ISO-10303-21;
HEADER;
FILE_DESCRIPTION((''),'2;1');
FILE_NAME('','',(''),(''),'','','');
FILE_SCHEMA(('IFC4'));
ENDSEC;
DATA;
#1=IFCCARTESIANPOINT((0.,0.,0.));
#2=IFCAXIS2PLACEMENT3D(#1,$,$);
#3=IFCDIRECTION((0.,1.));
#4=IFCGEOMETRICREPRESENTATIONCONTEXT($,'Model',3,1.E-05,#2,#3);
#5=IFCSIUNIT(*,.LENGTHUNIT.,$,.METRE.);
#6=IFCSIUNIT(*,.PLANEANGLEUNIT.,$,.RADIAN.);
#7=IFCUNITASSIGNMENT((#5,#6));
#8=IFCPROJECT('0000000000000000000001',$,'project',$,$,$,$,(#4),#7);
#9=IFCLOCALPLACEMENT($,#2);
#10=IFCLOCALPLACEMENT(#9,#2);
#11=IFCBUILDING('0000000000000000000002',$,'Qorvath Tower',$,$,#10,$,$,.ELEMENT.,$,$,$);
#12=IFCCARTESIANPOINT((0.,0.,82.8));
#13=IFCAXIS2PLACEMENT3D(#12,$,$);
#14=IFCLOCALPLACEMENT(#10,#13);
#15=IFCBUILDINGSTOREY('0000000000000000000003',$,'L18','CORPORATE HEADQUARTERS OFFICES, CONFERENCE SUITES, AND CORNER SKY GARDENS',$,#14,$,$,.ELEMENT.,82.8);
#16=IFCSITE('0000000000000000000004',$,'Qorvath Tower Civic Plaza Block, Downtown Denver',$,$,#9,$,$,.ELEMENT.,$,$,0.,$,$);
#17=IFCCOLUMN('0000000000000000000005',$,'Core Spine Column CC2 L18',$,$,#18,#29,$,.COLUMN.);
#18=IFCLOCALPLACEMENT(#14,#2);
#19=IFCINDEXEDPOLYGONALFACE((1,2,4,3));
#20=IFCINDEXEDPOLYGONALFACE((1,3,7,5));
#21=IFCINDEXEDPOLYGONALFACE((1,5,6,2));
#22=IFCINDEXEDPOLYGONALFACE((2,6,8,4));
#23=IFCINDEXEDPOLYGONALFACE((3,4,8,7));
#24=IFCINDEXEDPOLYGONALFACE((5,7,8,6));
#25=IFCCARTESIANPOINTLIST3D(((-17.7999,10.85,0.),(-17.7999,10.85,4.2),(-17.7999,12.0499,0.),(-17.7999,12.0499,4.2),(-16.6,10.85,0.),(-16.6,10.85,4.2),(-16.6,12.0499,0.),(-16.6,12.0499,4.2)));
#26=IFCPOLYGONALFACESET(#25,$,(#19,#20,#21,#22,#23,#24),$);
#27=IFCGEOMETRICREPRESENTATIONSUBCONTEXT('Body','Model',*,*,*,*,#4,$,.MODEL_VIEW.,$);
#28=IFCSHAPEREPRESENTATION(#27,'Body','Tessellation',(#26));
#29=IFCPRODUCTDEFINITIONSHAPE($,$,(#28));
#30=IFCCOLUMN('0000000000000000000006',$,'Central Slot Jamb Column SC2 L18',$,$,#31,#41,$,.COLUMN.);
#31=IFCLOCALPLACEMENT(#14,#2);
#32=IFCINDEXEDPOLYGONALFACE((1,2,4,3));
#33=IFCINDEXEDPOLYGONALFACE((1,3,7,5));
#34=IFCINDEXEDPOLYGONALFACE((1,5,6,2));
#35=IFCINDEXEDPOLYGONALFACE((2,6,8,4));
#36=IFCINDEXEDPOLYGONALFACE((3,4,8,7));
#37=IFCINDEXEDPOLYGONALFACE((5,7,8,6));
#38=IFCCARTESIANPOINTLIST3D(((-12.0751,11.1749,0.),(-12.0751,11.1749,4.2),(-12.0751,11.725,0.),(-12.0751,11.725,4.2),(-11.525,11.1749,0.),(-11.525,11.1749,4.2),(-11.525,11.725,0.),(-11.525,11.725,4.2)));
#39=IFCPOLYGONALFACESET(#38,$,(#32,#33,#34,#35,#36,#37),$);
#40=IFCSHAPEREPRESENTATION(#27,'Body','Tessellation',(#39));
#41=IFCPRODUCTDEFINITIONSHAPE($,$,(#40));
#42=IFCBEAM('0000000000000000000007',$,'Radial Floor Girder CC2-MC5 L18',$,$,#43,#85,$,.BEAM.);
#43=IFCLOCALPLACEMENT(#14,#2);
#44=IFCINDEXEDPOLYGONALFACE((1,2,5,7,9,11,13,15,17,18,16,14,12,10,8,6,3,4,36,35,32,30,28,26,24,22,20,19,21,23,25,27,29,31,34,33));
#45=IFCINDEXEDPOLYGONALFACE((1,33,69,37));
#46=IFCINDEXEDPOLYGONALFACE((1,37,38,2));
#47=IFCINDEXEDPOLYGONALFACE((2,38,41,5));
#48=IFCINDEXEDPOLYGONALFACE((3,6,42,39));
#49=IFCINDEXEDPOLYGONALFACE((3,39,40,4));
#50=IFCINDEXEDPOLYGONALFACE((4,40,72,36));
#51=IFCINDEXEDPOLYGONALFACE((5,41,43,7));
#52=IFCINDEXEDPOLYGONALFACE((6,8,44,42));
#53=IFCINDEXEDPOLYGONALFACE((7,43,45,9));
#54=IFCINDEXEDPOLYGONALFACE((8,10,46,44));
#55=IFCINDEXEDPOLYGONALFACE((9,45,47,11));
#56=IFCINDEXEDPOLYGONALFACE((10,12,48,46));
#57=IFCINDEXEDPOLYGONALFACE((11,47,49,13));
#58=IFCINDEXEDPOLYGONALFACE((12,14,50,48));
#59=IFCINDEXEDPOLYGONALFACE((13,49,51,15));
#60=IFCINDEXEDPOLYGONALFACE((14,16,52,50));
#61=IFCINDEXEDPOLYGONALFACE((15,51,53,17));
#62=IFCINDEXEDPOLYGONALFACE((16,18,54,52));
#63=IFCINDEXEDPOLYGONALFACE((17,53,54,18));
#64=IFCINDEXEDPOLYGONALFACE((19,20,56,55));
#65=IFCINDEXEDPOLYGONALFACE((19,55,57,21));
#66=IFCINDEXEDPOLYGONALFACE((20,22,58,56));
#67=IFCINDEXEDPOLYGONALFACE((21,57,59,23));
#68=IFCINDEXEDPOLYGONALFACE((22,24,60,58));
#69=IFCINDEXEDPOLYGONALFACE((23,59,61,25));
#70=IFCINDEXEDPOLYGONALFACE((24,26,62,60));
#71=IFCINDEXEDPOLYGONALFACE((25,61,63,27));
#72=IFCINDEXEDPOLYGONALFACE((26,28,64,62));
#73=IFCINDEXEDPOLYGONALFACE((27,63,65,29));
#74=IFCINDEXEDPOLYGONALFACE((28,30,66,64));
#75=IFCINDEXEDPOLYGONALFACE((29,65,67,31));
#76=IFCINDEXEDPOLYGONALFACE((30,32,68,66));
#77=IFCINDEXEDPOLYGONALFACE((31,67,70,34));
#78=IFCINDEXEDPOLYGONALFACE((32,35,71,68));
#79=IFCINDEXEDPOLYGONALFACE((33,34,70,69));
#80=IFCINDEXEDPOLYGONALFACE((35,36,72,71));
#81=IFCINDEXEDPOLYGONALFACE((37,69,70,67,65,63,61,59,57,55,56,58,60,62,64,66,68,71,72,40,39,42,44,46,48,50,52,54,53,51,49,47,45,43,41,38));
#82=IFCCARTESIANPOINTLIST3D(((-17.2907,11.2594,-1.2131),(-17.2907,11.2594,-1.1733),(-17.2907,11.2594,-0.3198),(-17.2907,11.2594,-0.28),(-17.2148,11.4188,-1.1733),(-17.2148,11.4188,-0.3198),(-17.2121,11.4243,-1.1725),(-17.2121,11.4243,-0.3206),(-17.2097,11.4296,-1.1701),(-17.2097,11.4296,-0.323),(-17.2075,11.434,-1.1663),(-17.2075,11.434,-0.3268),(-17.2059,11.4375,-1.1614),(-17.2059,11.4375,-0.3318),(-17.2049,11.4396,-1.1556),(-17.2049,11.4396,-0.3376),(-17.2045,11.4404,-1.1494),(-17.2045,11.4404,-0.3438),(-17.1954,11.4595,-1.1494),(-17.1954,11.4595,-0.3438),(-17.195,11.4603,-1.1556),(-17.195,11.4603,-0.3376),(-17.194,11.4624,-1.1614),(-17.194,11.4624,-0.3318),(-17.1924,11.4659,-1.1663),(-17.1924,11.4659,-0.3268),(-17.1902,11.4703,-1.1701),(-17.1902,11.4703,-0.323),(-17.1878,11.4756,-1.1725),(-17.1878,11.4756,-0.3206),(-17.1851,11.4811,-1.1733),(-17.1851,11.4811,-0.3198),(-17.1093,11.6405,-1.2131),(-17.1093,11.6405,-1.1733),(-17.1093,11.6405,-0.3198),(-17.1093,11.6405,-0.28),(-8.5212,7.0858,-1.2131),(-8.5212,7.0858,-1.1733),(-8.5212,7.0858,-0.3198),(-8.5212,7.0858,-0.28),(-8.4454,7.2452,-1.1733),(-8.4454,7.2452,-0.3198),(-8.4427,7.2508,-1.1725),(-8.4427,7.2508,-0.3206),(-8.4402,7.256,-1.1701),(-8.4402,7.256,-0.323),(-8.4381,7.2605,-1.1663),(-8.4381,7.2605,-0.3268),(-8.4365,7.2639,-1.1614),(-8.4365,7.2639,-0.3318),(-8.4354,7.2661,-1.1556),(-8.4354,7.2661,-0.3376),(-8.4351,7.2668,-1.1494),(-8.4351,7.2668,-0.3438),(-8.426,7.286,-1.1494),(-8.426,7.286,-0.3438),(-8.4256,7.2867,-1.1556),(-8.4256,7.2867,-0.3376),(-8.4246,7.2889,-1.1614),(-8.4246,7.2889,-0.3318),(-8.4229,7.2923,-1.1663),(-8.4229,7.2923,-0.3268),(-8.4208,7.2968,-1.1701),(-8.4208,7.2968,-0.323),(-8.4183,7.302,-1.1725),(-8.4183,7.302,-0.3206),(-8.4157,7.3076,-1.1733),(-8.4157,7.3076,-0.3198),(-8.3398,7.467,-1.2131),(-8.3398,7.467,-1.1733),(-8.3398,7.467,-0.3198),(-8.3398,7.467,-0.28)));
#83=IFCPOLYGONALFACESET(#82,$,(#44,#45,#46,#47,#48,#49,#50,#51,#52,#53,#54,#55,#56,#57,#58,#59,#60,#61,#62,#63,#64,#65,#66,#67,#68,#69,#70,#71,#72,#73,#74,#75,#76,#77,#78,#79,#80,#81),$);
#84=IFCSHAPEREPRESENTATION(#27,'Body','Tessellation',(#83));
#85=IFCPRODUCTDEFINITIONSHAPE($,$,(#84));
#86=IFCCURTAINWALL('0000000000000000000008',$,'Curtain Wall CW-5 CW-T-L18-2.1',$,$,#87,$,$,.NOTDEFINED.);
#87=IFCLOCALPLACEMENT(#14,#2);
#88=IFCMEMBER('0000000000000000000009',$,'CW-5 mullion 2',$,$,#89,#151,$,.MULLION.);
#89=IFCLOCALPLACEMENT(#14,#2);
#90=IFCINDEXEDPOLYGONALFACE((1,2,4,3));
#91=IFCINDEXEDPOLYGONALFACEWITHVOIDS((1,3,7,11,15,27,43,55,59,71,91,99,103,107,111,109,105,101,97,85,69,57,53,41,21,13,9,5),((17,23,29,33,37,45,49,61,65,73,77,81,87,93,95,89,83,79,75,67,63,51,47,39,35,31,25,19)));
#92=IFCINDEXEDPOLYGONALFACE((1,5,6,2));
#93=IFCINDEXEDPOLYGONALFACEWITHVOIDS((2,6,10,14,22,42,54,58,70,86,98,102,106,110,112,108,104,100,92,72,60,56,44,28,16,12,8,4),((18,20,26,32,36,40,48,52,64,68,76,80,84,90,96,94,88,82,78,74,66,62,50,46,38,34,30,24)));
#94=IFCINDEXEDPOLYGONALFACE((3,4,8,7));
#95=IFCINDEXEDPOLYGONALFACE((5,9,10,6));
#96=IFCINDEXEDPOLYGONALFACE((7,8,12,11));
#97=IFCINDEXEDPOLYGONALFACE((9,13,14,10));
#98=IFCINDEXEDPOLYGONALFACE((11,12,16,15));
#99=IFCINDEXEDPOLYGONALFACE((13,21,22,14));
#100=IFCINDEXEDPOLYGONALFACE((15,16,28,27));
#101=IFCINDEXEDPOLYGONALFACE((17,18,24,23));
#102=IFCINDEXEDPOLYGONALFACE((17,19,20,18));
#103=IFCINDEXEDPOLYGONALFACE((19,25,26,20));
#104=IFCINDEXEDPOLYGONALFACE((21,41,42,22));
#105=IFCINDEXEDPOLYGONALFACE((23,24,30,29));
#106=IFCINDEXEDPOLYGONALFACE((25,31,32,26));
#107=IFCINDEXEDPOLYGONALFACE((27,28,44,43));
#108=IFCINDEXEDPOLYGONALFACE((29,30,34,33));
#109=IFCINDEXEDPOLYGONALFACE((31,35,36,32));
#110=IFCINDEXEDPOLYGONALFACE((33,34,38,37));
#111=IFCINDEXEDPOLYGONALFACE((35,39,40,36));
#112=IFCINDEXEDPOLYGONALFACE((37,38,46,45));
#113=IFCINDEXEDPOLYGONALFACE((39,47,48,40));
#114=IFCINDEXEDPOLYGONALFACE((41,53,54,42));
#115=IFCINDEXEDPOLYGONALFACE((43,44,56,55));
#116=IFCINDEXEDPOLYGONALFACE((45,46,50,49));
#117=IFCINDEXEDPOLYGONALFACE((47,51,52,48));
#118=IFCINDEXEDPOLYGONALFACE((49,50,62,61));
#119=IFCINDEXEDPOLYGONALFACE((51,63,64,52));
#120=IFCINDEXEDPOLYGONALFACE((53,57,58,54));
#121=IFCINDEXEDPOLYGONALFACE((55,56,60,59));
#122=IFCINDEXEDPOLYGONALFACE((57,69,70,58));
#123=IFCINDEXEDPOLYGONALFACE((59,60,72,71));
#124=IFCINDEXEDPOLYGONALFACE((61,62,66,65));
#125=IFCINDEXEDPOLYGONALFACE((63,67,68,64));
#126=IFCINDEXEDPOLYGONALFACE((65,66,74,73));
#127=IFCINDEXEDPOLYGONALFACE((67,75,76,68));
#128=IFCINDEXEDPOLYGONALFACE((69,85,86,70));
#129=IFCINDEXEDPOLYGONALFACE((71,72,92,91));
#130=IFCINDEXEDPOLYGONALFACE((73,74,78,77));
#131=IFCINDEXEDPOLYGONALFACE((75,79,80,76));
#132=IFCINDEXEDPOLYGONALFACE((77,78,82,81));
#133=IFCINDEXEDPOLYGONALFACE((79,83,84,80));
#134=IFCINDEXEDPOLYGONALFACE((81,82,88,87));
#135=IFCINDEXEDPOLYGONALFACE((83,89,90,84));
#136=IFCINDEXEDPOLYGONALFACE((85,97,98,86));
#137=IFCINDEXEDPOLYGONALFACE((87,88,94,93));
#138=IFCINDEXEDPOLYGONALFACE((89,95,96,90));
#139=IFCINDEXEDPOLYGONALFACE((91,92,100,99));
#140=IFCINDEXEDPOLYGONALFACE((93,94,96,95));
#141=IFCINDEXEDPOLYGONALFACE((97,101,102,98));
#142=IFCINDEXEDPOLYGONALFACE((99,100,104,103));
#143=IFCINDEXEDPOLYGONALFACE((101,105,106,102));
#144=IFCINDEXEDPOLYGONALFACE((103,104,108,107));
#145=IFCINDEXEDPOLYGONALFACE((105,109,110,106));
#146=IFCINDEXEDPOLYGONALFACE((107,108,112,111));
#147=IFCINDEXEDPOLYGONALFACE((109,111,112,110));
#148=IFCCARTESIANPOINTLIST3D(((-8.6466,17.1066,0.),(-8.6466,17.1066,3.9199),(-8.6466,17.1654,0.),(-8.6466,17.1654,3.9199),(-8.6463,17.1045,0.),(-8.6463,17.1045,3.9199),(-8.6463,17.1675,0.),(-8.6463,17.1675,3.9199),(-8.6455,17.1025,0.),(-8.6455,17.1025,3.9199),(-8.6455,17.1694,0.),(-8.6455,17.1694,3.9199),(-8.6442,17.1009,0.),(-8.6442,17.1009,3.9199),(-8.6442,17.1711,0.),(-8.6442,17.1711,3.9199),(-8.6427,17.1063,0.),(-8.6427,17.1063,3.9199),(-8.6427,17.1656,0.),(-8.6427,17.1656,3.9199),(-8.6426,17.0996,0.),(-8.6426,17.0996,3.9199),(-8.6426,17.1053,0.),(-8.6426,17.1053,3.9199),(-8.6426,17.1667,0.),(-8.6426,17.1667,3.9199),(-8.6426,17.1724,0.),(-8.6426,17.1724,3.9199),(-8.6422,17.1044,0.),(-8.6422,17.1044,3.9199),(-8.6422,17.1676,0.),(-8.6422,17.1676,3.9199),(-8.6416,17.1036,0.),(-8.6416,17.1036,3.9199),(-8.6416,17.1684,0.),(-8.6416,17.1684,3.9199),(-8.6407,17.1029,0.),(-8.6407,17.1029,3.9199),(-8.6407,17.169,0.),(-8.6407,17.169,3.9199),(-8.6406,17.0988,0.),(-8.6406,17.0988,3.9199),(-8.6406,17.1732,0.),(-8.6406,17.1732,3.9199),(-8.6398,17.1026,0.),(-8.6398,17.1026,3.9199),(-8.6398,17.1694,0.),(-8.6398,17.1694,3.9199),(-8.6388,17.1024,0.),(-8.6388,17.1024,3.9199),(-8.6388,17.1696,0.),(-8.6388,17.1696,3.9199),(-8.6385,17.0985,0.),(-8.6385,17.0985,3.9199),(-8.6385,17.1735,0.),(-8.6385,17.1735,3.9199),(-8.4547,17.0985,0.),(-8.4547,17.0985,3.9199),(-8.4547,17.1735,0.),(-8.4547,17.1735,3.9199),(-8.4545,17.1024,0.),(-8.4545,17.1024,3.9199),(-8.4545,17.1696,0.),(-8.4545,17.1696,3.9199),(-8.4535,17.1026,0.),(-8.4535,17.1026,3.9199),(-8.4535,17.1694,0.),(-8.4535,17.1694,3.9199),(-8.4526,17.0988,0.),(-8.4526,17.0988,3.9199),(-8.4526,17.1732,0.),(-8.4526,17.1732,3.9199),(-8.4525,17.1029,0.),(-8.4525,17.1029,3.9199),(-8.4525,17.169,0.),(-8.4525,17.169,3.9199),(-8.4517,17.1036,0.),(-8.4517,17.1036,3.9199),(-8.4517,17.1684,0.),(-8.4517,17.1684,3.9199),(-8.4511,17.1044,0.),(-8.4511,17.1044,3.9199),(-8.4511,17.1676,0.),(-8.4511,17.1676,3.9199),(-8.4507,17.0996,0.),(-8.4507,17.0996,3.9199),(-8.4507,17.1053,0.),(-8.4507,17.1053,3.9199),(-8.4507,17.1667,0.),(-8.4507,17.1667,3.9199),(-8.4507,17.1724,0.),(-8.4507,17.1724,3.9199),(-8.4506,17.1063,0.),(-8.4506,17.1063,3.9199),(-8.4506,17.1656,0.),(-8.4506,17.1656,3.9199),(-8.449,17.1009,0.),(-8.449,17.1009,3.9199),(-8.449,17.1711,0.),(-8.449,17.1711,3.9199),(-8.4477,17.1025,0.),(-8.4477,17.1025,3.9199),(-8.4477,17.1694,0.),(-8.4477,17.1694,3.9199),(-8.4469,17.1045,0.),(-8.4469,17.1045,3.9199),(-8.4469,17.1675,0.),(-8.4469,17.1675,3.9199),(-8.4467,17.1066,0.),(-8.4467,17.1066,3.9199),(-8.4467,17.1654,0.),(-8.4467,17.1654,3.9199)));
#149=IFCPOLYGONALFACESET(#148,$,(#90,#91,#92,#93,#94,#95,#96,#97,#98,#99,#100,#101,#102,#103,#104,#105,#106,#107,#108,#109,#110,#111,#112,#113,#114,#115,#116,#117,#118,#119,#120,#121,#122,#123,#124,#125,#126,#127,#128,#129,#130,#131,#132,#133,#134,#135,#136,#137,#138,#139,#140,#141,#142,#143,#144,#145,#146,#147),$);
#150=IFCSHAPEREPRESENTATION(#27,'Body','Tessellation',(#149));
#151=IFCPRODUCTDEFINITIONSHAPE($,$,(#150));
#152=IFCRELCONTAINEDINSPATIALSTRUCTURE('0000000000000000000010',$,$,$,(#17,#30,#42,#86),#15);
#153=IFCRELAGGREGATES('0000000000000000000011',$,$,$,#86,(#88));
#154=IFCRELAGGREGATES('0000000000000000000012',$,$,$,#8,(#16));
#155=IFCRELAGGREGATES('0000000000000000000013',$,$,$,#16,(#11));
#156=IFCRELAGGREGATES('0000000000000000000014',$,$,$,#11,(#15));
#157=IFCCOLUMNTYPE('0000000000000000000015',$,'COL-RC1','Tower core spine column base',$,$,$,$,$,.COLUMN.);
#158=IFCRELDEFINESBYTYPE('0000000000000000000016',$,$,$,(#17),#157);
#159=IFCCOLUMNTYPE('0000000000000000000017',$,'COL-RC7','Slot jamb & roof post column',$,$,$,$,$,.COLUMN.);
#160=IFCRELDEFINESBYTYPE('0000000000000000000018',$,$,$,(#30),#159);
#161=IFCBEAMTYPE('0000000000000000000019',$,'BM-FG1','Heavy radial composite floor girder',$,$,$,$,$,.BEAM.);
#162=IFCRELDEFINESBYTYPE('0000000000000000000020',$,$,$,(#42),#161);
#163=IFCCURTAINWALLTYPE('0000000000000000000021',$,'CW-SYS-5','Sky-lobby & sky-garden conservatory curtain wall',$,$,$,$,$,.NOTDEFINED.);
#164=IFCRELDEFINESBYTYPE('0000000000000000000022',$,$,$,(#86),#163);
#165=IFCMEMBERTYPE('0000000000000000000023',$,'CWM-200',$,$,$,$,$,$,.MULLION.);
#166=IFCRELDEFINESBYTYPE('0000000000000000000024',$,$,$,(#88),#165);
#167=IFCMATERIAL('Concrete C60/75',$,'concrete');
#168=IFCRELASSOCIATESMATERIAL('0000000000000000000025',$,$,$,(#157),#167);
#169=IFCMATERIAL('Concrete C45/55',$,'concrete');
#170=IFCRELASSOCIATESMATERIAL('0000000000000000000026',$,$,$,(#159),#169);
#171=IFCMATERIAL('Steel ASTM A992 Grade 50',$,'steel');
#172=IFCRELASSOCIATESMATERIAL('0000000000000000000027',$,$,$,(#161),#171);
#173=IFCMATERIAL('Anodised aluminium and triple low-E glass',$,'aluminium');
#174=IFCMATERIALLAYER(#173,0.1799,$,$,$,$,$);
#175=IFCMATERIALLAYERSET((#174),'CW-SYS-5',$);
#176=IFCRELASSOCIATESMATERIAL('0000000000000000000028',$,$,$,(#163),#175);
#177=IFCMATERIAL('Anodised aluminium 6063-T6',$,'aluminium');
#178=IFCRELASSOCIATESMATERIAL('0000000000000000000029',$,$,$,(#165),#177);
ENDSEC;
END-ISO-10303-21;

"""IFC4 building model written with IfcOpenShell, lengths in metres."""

from ifc_helpers import new_model, si_unit, direction, frame, origin, origin_2d, place, context, subcontext, project, spatial, rectangle, hollow_rectangle, i_section, extrude, material, layer, layer_set, material_profile, profile_set, type_object, element, aggregate, save


model = new_model("IFC4")

# Units and contexts
model_context = context("Model", 3, precision=1e-05, world=origin(), true_north=direction((0.0, 1.0)))
body_context = subcontext(model_context, "Body", "Model", "MODEL_VIEW")
ifc_project = project(units=[si_unit("LENGTHUNIT", "METRE"), si_unit("PLANEANGLEUNIT", "RADIAN")], contexts=[model_context])

# Site, building, storey
site_placement = place(None, origin())
site = spatial("IfcSite", under=ifc_project, at=site_placement, Name="Qorvath Tower Civic Plaza Block, Downtown Denver", CompositionType="ELEMENT", RefElevation=0.0)
building_placement = place(site_placement, origin())
building = spatial("IfcBuilding", under=site, at=building_placement, Name="Qorvath Tower", CompositionType="ELEMENT")
storey_placement = place(building_placement, frame((0.0, 0.0, 82.8)))
storey = spatial("IfcBuildingStorey", under=building, at=storey_placement, Name="L18", Description="CORPORATE HEADQUARTERS OFFICES, CONFERENCE SUITES, AND CORNER SKY GARDENS", CompositionType="ELEMENT", Elevation=82.8)

# Columns
ifc_material_1 = material(Name="Concrete C60/75", Category="concrete")
ifc_material_profile_1 = material_profile(ifc_material_1, rectangle(XDim=1.2, YDim=1.2, at=origin_2d()), Name="RC 1200x1200")
ifc_profile_set_1 = profile_set([ifc_material_profile_1], Name="Concrete C60/75")
column_type_1 = type_object("IfcColumnType", Name="COL-RC1", Description="Tower core spine column base", PredefinedType="COLUMN", material=ifc_profile_set_1)
column_1_placement = place(storey_placement, frame((-17.2, 11.45, 0.0), z_axis=(0.0, 0.0, 1.0), x_axis=(1.0, 0.0, 0.0)))
element("IfcColumn", 1, at=column_1_placement, inside=storey, type_object=column_type_1, Name="Core Spine Column CC2 L18", PredefinedType="COLUMN", context=body_context, shape_type="SweptSolid", body=[
    extrude(rectangle(XDim=1.2, YDim=1.2, at=origin_2d()), origin(), (0.0, 0.0, 1.0), 4.2),
])
ifc_material_2 = material(Name="Concrete C45/55", Category="concrete")
ifc_material_profile_2 = material_profile(ifc_material_2, rectangle(XDim=0.55, YDim=0.55, at=origin_2d()), Name="RC 550x550")
ifc_profile_set_2 = profile_set([ifc_material_profile_2], Name="Concrete C45/55")
column_type_2 = type_object("IfcColumnType", Name="COL-RC7", Description="Slot jamb & roof post column", PredefinedType="COLUMN", material=ifc_profile_set_2)
column_2_placement = place(storey_placement, frame((-11.8, 11.45, 0.0), z_axis=(0.0, 0.0, 1.0), x_axis=(1.0, 0.0, 0.0)))
element("IfcColumn", 2, at=column_2_placement, inside=storey, type_object=column_type_2, Name="Central Slot Jamb Column SC2 L18", PredefinedType="COLUMN", context=body_context, shape_type="SweptSolid", body=[
    extrude(rectangle(XDim=0.55, YDim=0.55, at=origin_2d()), origin(), (0.0, 0.0, 1.0), 4.2),
])

# Beam
ifc_material_3 = material(Name="Steel ASTM A992 Grade 50", Category="steel")
ifc_material_profile_3 = material_profile(ifc_material_3, i_section(OverallWidth=0.4221, OverallDepth=0.9331, WebThickness=0.0212, FlangeThickness=0.0398, FilletRadius=0.0239, at=origin_2d()), Name="W36x262")
ifc_profile_set_3 = profile_set([ifc_material_profile_3], Name="Steel ASTM A992 Grade 50")
beam_type = type_object("IfcBeamType", Name="BM-FG1", Description="Heavy radial composite floor girder", PredefinedType="BEAM", material=ifc_profile_set_3)
beam_placement = place(storey_placement, frame((-17.2, 11.45, -0.7466), z_axis=(0.902956, -0.429734, 0.0), x_axis=(0.429734, 0.902956, 0.0)))
element("IfcBeam", 3, at=beam_placement, inside=storey, type_object=beam_type, Name="Radial Floor Girder CC2-MC5 L18", PredefinedType="BEAM", context=body_context, shape_type="SweptSolid", body=[
    extrude(i_section(OverallWidth=0.4221, OverallDepth=0.9331, WebThickness=0.0212, FlangeThickness=0.0398, FilletRadius=0.0239, at=origin_2d()), origin(), (0.0, 0.0, 1.0), 9.7119),
])

# Curtain wall, member
ifc_material_4 = material(Name="Anodised aluminium and triple low-E glass", Category="aluminium")
ifc_layer_1 = layer(ifc_material_4, 0.1799)
ifc_layer_set_1 = layer_set([ifc_layer_1], Name="CW-SYS-5")
curtain_wall_type = type_object("IfcCurtainWallType", Name="CW-SYS-5", Description="Sky-lobby & sky-garden conservatory curtain wall", PredefinedType="NOTDEFINED", material=ifc_layer_set_1)
curtain_wall_1_placement = place(storey_placement, origin())
curtain_wall_1 = element("IfcCurtainWall", 4, at=curtain_wall_1_placement, inside=storey, type_object=curtain_wall_type, Name="Curtain Wall CW-5 CW-T-L18-2.1", PredefinedType="NOTDEFINED")
ifc_material_5 = material(Name="Anodised aluminium 6063-T6", Category="aluminium")
ifc_material_profile_4 = material_profile(ifc_material_5, hollow_rectangle(XDim=0.075, YDim=0.2, WallThickness=0.0039, InnerFilletRadius=0.0039, OuterFilletRadius=0.0081, at=origin_2d()), Name="CWM 200x75")
ifc_profile_set_4 = profile_set([ifc_material_profile_4], Name="Anodised aluminium 6063-T6")
member_type_1 = type_object("IfcMemberType", Name="CWM-200", PredefinedType="MULLION", material=ifc_profile_set_4)
member_1_placement = place(storey_placement, frame((-8.5466, 17.136, 0.0), z_axis=(0.0, 0.0, 1.0), x_axis=(0.0, -1.0, 0.0)))
member_1 = element("IfcMember", 5, at=member_1_placement, type_object=member_type_1, Name="CW-5 mullion 2", PredefinedType="MULLION", context=body_context, shape_type="SweptSolid", body=[
    extrude(hollow_rectangle(XDim=0.075, YDim=0.2, WallThickness=0.0039, InnerFilletRadius=0.0039, OuterFilletRadius=0.0081, at=origin_2d()), origin(), (0.0, 0.0, 1.0), 3.9199),
])

aggregate(curtain_wall_1, [member_1])

save(model, "model.ifc")
